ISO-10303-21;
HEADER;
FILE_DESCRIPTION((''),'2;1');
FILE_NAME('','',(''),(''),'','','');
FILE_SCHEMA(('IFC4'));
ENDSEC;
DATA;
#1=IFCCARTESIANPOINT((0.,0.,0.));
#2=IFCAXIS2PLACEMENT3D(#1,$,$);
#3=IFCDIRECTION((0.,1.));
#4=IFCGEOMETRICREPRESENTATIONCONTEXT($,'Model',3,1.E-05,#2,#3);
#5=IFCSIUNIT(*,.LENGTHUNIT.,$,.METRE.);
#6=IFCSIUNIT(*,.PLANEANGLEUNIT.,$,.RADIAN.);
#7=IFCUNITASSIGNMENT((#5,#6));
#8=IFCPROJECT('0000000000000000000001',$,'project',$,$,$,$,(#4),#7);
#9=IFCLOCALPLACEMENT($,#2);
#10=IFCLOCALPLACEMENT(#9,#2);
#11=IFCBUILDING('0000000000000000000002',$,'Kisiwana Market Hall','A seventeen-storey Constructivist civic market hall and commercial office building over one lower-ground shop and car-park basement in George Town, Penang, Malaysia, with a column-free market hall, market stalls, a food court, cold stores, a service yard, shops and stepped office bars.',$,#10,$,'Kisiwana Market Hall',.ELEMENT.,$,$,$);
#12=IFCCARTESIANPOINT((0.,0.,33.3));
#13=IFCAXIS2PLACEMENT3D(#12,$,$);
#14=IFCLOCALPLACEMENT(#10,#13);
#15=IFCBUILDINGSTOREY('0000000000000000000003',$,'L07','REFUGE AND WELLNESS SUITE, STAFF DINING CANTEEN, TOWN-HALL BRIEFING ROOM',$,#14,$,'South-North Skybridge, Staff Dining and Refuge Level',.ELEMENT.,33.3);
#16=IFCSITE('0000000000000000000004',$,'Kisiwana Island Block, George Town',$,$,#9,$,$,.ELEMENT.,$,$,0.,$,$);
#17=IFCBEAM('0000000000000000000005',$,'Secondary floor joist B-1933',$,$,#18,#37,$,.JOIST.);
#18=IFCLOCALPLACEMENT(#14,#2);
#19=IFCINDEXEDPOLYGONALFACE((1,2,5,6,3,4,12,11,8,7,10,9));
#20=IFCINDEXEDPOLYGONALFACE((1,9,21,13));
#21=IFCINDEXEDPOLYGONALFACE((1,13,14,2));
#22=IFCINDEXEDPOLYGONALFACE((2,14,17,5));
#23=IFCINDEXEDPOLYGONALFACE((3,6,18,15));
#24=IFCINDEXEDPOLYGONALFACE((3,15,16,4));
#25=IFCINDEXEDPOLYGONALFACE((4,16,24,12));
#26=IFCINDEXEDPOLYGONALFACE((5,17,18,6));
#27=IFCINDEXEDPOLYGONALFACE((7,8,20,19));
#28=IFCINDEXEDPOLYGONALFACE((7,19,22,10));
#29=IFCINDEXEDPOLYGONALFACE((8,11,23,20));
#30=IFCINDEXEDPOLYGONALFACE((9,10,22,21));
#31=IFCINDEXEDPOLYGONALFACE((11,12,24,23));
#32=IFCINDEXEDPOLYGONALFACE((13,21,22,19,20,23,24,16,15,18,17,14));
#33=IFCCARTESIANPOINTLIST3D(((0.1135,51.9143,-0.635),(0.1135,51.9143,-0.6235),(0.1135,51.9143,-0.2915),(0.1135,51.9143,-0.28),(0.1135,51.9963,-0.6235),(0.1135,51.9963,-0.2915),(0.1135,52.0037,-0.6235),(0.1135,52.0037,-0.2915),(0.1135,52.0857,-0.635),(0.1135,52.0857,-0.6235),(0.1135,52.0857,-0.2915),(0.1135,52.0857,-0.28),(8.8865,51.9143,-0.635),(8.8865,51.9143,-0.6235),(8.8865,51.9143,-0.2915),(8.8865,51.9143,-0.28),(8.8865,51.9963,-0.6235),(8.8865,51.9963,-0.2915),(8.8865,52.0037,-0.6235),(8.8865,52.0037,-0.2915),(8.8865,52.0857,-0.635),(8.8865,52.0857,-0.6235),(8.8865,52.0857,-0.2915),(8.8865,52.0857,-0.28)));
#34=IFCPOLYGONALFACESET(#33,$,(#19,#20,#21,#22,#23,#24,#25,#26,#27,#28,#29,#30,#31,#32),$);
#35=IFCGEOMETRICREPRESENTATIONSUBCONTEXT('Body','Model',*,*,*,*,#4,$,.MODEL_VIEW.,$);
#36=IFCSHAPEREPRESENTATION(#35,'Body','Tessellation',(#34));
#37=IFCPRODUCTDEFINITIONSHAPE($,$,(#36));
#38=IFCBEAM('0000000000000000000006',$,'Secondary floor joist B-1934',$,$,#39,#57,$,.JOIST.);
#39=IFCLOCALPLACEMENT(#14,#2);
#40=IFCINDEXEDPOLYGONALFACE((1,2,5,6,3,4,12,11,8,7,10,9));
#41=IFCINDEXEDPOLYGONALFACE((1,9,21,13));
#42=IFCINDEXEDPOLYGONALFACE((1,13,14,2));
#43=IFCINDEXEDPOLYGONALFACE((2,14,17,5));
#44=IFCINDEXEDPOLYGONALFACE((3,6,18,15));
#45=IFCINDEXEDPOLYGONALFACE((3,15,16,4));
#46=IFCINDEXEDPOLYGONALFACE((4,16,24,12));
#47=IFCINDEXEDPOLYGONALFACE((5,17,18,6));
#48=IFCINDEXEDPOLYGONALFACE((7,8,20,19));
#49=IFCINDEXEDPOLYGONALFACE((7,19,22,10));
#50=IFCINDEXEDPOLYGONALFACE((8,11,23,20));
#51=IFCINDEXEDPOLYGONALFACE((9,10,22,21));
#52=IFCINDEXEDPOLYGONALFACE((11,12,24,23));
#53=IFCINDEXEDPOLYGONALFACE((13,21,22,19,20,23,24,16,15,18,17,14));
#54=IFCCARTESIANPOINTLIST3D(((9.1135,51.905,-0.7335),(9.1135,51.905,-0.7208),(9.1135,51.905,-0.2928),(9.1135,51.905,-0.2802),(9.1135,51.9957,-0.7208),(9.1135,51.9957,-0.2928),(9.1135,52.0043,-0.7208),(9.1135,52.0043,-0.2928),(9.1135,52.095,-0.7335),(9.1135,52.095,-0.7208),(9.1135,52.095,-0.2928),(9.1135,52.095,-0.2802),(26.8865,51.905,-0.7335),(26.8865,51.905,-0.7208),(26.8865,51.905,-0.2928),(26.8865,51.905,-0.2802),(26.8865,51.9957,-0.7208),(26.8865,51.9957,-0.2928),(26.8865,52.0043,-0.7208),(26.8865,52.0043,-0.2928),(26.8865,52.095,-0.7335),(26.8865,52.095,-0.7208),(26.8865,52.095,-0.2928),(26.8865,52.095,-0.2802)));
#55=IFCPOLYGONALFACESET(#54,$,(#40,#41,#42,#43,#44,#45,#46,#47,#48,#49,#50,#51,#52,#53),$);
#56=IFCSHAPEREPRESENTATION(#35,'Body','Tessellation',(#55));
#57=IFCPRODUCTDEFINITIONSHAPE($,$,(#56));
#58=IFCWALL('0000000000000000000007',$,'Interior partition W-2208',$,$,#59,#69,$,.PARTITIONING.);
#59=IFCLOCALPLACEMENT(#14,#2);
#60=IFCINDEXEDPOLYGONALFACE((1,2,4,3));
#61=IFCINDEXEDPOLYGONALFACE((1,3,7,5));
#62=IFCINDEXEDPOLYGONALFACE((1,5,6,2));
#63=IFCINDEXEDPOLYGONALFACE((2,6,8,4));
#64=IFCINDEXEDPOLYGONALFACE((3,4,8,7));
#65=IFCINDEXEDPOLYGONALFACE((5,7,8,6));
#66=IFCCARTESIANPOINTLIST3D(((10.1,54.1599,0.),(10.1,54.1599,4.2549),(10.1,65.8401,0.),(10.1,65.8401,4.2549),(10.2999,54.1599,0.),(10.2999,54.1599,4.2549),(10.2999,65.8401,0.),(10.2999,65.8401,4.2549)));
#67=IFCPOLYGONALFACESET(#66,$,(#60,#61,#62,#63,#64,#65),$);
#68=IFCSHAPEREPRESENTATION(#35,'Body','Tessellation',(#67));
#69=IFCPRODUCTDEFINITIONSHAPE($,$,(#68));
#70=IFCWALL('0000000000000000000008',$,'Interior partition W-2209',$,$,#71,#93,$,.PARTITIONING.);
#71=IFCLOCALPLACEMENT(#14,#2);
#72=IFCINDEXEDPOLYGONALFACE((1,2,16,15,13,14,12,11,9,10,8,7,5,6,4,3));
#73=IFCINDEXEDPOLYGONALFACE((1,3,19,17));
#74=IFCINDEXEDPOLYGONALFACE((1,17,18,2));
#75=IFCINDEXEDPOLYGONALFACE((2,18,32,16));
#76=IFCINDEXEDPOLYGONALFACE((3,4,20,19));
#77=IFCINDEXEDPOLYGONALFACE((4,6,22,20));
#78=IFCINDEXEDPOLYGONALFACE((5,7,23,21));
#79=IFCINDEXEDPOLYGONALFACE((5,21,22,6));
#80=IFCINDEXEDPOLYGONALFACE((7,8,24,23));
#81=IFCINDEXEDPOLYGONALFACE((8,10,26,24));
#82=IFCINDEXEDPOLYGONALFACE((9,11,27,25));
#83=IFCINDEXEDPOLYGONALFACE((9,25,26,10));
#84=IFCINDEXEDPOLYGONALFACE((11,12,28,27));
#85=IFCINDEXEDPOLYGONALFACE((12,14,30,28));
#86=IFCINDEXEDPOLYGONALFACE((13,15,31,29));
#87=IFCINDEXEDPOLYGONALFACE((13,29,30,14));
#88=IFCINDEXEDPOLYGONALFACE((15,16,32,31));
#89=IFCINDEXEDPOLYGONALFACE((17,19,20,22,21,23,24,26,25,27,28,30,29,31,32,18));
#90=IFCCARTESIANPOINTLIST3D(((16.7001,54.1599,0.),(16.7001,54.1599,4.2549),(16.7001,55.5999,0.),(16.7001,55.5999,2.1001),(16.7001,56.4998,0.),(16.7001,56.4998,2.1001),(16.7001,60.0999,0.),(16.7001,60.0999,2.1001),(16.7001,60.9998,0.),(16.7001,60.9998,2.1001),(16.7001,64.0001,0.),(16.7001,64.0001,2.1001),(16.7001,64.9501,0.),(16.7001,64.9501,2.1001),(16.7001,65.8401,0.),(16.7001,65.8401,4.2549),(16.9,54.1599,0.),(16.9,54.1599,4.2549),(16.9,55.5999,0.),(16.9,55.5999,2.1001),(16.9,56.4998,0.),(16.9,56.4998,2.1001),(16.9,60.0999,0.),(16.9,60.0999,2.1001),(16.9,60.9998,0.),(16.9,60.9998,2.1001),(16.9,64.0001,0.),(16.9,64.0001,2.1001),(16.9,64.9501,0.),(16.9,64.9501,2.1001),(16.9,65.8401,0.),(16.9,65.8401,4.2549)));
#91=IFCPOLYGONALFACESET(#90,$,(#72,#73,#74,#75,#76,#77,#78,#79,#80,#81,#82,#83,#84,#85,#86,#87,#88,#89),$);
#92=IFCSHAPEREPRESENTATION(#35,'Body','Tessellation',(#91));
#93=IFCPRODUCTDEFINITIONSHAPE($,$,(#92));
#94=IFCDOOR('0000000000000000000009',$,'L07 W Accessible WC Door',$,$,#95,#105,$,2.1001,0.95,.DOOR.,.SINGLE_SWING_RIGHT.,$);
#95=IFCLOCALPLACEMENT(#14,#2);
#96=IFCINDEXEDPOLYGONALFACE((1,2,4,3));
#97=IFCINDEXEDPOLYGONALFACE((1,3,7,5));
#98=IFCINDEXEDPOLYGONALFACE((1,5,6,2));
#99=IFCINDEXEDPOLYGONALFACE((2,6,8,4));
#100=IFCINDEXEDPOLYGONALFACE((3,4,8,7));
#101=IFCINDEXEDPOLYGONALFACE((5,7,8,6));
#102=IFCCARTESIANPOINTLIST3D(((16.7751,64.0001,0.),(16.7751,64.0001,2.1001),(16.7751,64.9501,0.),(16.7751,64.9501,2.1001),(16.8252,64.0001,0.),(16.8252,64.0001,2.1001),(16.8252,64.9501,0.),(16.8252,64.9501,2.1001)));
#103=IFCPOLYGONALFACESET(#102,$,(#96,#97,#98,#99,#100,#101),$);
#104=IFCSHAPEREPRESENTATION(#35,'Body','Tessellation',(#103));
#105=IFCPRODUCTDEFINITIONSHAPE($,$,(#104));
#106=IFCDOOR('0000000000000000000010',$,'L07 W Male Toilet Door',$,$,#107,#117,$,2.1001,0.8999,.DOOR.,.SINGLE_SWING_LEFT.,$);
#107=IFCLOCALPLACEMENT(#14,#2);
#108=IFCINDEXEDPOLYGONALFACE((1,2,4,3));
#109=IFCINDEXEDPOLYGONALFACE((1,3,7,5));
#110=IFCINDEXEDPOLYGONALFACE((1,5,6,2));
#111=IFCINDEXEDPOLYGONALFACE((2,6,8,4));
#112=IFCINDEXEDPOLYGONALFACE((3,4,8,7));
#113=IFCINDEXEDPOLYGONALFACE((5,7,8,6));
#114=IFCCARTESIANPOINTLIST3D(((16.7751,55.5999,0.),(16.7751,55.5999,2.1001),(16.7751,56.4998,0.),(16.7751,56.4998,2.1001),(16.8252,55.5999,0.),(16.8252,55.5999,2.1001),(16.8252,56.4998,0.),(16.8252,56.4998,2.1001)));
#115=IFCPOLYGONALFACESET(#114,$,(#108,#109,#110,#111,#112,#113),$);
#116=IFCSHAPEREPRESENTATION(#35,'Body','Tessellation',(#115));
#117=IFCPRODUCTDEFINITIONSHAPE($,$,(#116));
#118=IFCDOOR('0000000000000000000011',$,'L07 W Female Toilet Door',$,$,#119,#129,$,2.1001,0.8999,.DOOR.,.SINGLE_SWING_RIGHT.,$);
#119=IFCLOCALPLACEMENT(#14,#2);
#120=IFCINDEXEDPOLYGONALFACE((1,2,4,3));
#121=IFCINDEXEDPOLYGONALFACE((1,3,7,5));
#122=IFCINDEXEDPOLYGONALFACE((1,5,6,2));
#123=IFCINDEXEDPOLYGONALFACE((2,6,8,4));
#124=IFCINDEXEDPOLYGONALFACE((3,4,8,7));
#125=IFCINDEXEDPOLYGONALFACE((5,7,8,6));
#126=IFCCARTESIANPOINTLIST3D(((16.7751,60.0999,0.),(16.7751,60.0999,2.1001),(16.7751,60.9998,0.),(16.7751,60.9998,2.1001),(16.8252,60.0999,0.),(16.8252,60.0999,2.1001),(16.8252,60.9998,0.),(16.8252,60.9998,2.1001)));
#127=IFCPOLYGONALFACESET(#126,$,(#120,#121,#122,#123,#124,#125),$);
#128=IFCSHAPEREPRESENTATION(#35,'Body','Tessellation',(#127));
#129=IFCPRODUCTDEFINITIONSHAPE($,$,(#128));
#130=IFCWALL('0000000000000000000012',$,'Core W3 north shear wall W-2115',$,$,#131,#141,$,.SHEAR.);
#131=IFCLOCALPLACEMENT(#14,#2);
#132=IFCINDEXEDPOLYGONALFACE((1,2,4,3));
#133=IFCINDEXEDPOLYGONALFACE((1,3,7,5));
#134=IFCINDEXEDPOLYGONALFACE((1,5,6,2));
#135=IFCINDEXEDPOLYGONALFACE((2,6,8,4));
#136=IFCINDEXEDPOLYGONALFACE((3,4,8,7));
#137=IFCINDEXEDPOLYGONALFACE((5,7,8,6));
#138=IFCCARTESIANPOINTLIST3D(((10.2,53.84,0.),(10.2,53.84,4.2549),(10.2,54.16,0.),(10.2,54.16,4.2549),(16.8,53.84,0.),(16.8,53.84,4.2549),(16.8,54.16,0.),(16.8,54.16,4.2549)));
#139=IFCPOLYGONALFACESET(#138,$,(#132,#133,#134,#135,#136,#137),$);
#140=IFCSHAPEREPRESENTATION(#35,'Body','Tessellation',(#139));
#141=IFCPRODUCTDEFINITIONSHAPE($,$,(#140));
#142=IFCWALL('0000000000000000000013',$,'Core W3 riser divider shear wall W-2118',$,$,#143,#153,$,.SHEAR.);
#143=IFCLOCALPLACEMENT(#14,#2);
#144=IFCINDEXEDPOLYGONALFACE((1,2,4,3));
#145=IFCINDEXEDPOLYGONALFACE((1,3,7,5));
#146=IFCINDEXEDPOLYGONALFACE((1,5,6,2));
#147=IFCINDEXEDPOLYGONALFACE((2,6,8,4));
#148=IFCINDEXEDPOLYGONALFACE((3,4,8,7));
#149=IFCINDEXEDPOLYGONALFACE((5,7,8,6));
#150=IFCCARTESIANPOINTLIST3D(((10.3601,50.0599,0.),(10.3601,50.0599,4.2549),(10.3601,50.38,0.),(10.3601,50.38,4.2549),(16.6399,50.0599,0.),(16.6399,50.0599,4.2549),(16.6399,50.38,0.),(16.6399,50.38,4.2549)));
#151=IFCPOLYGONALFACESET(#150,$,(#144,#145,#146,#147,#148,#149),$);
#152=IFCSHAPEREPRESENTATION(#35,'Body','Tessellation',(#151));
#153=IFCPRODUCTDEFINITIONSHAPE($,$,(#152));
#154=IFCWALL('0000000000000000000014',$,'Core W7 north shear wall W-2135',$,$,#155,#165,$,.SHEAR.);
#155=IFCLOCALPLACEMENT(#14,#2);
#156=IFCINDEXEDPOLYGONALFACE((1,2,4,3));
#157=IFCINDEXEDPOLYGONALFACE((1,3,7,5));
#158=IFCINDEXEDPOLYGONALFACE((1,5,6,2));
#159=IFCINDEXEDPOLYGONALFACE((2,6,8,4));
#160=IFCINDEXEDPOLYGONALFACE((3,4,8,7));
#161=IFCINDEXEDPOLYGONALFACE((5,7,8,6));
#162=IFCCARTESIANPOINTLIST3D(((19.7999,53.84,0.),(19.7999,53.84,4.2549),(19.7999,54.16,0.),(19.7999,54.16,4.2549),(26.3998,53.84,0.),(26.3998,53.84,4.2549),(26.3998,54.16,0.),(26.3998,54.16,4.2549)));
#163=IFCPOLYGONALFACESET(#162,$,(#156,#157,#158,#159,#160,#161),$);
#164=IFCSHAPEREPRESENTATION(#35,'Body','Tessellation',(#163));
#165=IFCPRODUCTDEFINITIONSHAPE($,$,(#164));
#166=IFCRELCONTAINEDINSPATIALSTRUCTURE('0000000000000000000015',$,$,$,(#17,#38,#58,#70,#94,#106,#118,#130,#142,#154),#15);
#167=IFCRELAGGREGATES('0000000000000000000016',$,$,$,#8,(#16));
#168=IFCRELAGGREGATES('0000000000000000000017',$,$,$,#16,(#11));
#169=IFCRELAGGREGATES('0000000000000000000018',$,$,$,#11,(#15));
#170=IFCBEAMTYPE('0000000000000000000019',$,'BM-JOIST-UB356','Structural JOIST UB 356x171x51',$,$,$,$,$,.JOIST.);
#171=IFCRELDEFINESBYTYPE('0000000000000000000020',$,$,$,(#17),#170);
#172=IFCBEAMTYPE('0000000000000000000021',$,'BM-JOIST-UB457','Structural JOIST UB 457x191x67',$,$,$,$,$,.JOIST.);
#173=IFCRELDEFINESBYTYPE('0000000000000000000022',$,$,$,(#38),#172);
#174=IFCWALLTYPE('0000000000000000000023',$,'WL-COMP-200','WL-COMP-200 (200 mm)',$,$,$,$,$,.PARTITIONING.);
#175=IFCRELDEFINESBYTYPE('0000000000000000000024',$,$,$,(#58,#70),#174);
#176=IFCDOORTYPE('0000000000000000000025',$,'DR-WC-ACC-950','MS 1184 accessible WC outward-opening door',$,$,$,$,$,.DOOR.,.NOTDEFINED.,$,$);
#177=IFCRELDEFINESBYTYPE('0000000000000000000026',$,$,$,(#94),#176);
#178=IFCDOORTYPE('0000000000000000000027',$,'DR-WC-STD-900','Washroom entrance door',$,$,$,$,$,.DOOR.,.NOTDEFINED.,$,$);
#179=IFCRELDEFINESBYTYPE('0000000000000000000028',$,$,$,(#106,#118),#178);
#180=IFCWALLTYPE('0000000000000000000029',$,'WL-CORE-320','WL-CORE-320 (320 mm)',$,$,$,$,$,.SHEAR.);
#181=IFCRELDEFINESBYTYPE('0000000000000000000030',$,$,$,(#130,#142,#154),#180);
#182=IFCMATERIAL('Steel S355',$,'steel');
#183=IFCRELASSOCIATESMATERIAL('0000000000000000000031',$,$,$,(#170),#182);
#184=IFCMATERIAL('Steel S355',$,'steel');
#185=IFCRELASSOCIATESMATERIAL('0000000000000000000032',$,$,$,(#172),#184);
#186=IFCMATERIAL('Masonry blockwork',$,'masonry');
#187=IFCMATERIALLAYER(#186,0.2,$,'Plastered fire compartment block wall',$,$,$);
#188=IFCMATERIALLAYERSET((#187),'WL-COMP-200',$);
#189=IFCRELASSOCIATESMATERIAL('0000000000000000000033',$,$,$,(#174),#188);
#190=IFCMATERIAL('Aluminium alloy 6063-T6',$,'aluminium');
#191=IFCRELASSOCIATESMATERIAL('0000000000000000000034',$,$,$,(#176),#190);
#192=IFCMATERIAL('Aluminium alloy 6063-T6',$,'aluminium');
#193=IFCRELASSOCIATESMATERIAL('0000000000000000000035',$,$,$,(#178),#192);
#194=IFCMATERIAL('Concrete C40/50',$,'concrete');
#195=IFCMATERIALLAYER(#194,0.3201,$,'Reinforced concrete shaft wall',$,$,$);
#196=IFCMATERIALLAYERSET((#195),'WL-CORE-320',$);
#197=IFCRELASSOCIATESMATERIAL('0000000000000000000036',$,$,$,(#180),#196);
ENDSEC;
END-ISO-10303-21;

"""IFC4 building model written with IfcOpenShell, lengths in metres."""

from ifc_helpers import new_model, si_unit, direction, frame, frame_2d, origin, origin_2d, place, context, subcontext, project, spatial, rectangle, i_section, extrude, material, layer, layer_set, material_profile, profile_set, type_object, element, fill, save


model = new_model("IFC4")

# Units and contexts
model_context = context("Model", 3, precision=1e-05, world=origin(), true_north=direction((0.0, 1.0)))
body_context = subcontext(model_context, "Body", "Model", "MODEL_VIEW")
ifc_project = project(units=[si_unit("LENGTHUNIT", "METRE"), si_unit("PLANEANGLEUNIT", "RADIAN")], contexts=[model_context])

# Site, building, storey
site_placement = place(None, origin())
site = spatial("IfcSite", under=ifc_project, at=site_placement, Name="Kisiwana Island Block, George Town", CompositionType="ELEMENT", RefElevation=0.0)
building_placement = place(site_placement, origin())
building = spatial("IfcBuilding", under=site, at=building_placement, Name="Kisiwana Market Hall", Description="A seventeen-storey Constructivist civic market hall and commercial office building over one lower-ground shop and car-park basement in George Town, Penang, Malaysia, with a column-free market hall, market stalls, a food court, cold stores, a service yard, shops and stepped office bars.", LongName="Kisiwana Market Hall", CompositionType="ELEMENT")
storey_placement = place(building_placement, frame((0.0, 0.0, 33.3)))
storey = spatial("IfcBuildingStorey", under=building, at=storey_placement, Name="L07", Description="REFUGE AND WELLNESS SUITE, STAFF DINING CANTEEN, TOWN-HALL BRIEFING ROOM", LongName="South-North Skybridge, Staff Dining and Refuge Level", CompositionType="ELEMENT", Elevation=33.3)

# Beams
ifc_material_1 = material(Name="Steel S355", Category="steel")
ifc_material_profile_1 = material_profile(ifc_material_1, i_section(OverallWidth=0.1714, OverallDepth=0.355, WebThickness=0.0073, FlangeThickness=0.0115, at=origin_2d()), Name="UB 356x171x51")
ifc_profile_set_1 = profile_set([ifc_material_profile_1], Name="Steel S355")
beam_type_1 = type_object("IfcBeamType", Name="BM-JOIST-UB356", Description="Structural JOIST UB 356x171x51", PredefinedType="JOIST", material=ifc_profile_set_1)
beam_1_placement = place(storey_placement, frame((0.1135, 52.0, -0.4575), z_axis=(1.0, 0.0, 0.0), x_axis=(0.0, 1.0, 0.0)))
element("IfcBeam", 1, at=beam_1_placement, inside=storey, type_object=beam_type_1, Name="Secondary floor joist B-1933", PredefinedType="JOIST", context=body_context, shape_type="SweptSolid", body=[
    extrude(i_section(OverallWidth=0.1714, OverallDepth=0.355, WebThickness=0.0073, FlangeThickness=0.0115, at=origin_2d()), origin(), (0.0, 0.0, 1.0), 8.7729),
])
ifc_material_2 = material(Name="Steel S355", Category="steel")
ifc_material_profile_2 = material_profile(ifc_material_2, i_section(OverallWidth=0.1899, OverallDepth=0.4534, WebThickness=0.0085, FlangeThickness=0.0127, at=origin_2d()), Name="UB 457x191x67")
ifc_profile_set_2 = profile_set([ifc_material_profile_2], Name="Steel S355")
beam_type_2 = type_object("IfcBeamType", Name="BM-JOIST-UB457", Description="Structural JOIST UB 457x191x67", PredefinedType="JOIST", material=ifc_profile_set_2)
beam_2_placement = place(storey_placement, frame((9.1135, 52.0, -0.5068), z_axis=(1.0, 0.0, 0.0), x_axis=(0.0, 1.0, 0.0)))
element("IfcBeam", 2, at=beam_2_placement, inside=storey, type_object=beam_type_2, Name="Secondary floor joist B-1934", PredefinedType="JOIST", context=body_context, shape_type="SweptSolid", body=[
    extrude(i_section(OverallWidth=0.1899, OverallDepth=0.4534, WebThickness=0.0085, FlangeThickness=0.0127, at=origin_2d()), origin(), (0.0, 0.0, 1.0), 17.7729),
])

# Wall
ifc_material_3 = material(Name="Masonry blockwork", Category="masonry")
ifc_layer_1 = layer(ifc_material_3, 0.2, Name="Plastered fire compartment block wall")
ifc_layer_set_1 = layer_set([ifc_layer_1], Name="WL-COMP-200")
wall_type_1 = type_object("IfcWallType", Name="WL-COMP-200", Description="WL-COMP-200 (200 mm)", PredefinedType="PARTITIONING", material=ifc_layer_set_1)
wall_1_placement = place(storey_placement, frame((10.2, 54.1599, 0.0), z_axis=(0.0, 0.0, 1.0), x_axis=(0.0, 1.0, 0.0)))
element("IfcWall", 3, at=wall_1_placement, inside=storey, type_object=wall_type_1, Name="Interior partition W-2208", PredefinedType="PARTITIONING", context=body_context, shape_type="SweptSolid", body=[
    extrude(rectangle(XDim=11.6802, YDim=0.2, at=frame_2d((5.8401, 0.0))), origin(), (0.0, 0.0, 1.0), 4.2549),
])

# Wall, openings, doors
wall_2_placement = place(storey_placement, frame((16.8, 54.1599, 0.0), z_axis=(0.0, 0.0, 1.0), x_axis=(0.0, 1.0, 0.0)))
wall_2 = element("IfcWall", 4, at=wall_2_placement, inside=storey, type_object=wall_type_1, Name="Interior partition W-2209", PredefinedType="PARTITIONING", context=body_context, shape_type="SweptSolid", body=[
    extrude(rectangle(XDim=11.6802, YDim=0.2, at=frame_2d((5.8401, 0.0))), origin(), (0.0, 0.0, 1.0), 4.2549),
])
opening_1_placement = place(wall_2_placement, frame((1.4399, 0.0, 0.0)))
opening_1 = element("IfcOpeningElement", 5, at=opening_1_placement, cuts=wall_2, PredefinedType="OPENING", context=body_context, shape_type="SweptSolid", body=[
    extrude(rectangle(XDim=0.8999, YDim=2.1001, at=frame_2d((0.45, 1.05))), frame((0.0, 0.1118, 0.0), z_axis=(0.0, -1.0, 0.0), x_axis=(1.0, 0.0, 0.0)), (0.0, 0.0, 1.0), 0.2239),
])
opening_2_placement = place(wall_2_placement, frame((5.9399, 0.0, 0.0)))
opening_2 = element("IfcOpeningElement", 6, at=opening_2_placement, cuts=wall_2, PredefinedType="OPENING", context=body_context, shape_type="SweptSolid", body=[
    extrude(rectangle(XDim=0.8999, YDim=2.1001, at=frame_2d((0.45, 1.05))), frame((0.0, 0.1118, 0.0), z_axis=(0.0, -1.0, 0.0), x_axis=(1.0, 0.0, 0.0)), (0.0, 0.0, 1.0), 0.2239),
])
opening_3_placement = place(wall_2_placement, frame((9.8401, 0.0, 0.0)))
opening_3 = element("IfcOpeningElement", 7, at=opening_3_placement, cuts=wall_2, PredefinedType="OPENING", context=body_context, shape_type="SweptSolid", body=[
    extrude(rectangle(XDim=0.95, YDim=2.1001, at=frame_2d((0.4751, 1.05))), frame((0.0, 0.1118, 0.0), z_axis=(0.0, -1.0, 0.0), x_axis=(1.0, 0.0, 0.0)), (0.0, 0.0, 1.0), 0.2239),
])
ifc_material_4 = material(Name="Aluminium alloy 6063-T6", Category="aluminium")
door_type_1 = type_object("IfcDoorType", Name="DR-WC-ACC-950", Description="MS 1184 accessible WC outward-opening door", OperationType="NOTDEFINED", PredefinedType="DOOR", material=ifc_material_4)
door_1_placement = place(opening_3_placement, origin())
door_1 = element("IfcDoor", 8, at=door_1_placement, inside=storey, type_object=door_type_1, Name="L07 W Accessible WC Door", OperationType="SINGLE_SWING_RIGHT", OverallHeight=2.1001, OverallWidth=0.95, PredefinedType="DOOR", context=body_context, shape_type="SweptSolid", body=[
    extrude(rectangle(XDim=0.95, YDim=2.1001, at=frame_2d((0.4751, 1.05))), frame((0.0, 0.0249, 0.0), z_axis=(0.0, -1.0, 0.0), x_axis=(1.0, 0.0, 0.0)), (0.0, 0.0, 1.0), 0.05),
])
fill(opening_3, door_1)
ifc_material_5 = material(Name="Aluminium alloy 6063-T6", Category="aluminium")
door_type_2 = type_object("IfcDoorType", Name="DR-WC-STD-900", Description="Washroom entrance door", OperationType="NOTDEFINED", PredefinedType="DOOR", material=ifc_material_5)
door_2_placement = place(opening_1_placement, origin())
door_2 = element("IfcDoor", 9, at=door_2_placement, inside=storey, type_object=door_type_2, Name="L07 W Male Toilet Door", OperationType="SINGLE_SWING_LEFT", OverallHeight=2.1001, OverallWidth=0.8999, PredefinedType="DOOR", context=body_context, shape_type="SweptSolid", body=[
    extrude(rectangle(XDim=0.8999, YDim=2.1001, at=frame_2d((0.45, 1.05))), frame((0.0, 0.0249, 0.0), z_axis=(0.0, -1.0, 0.0), x_axis=(1.0, 0.0, 0.0)), (0.0, 0.0, 1.0), 0.05),
])
fill(opening_1, door_2)
door_3_placement = place(opening_2_placement, origin())
door_3 = element("IfcDoor", 10, at=door_3_placement, inside=storey, type_object=door_type_2, Name="L07 W Female Toilet Door", OperationType="SINGLE_SWING_RIGHT", OverallHeight=2.1001, OverallWidth=0.8999, PredefinedType="DOOR", context=body_context, shape_type="SweptSolid", body=[
    extrude(rectangle(XDim=0.8999, YDim=2.1001, at=frame_2d((0.45, 1.05))), frame((0.0, 0.0249, 0.0), z_axis=(0.0, -1.0, 0.0), x_axis=(1.0, 0.0, 0.0)), (0.0, 0.0, 1.0), 0.05),
])
fill(opening_2, door_3)

# Walls
ifc_material_6 = material(Name="Concrete C40/50", Category="concrete")
ifc_layer_2 = layer(ifc_material_6, 0.3201, Name="Reinforced concrete shaft wall")
ifc_layer_set_2 = layer_set([ifc_layer_2], Name="WL-CORE-320")
wall_type_2 = type_object("IfcWallType", Name="WL-CORE-320", Description="WL-CORE-320 (320 mm)", PredefinedType="SHEAR", material=ifc_layer_set_2)
wall_3_placement = place(storey_placement, frame((10.2, 54.0, 0.0), z_axis=(0.0, 0.0, 1.0), x_axis=(1.0, 0.0, 0.0)))
element("IfcWall", 11, at=wall_3_placement, inside=storey, type_object=wall_type_2, Name="Core W3 north shear wall W-2115", PredefinedType="SHEAR", context=body_context, shape_type="SweptSolid", body=[
    extrude(rectangle(XDim=6.6001, YDim=0.3201, at=frame_2d((3.3, 0.0))), origin(), (0.0, 0.0, 1.0), 4.2549),
])
wall_4_placement = place(storey_placement, frame((10.3601, 50.22, 0.0), z_axis=(0.0, 0.0, 1.0), x_axis=(1.0, 0.0, 0.0)))
element("IfcWall", 12, at=wall_4_placement, inside=storey, type_object=wall_type_2, Name="Core W3 riser divider shear wall W-2118", PredefinedType="SHEAR", context=body_context, shape_type="SweptSolid", body=[
    extrude(rectangle(XDim=6.2798, YDim=0.3201, at=frame_2d((3.1399, 0.0))), origin(), (0.0, 0.0, 1.0), 4.2549),
])
wall_5_placement = place(storey_placement, frame((19.8, 54.0, 0.0), z_axis=(0.0, 0.0, 1.0), x_axis=(1.0, 0.0, 0.0)))
element("IfcWall", 13, at=wall_5_placement, inside=storey, type_object=wall_type_2, Name="Core W7 north shear wall W-2135", PredefinedType="SHEAR", context=body_context, shape_type="SweptSolid", body=[
    extrude(rectangle(XDim=6.5999, YDim=0.3201, at=frame_2d((3.2998, 0.0))), origin(), (0.0, 0.0, 1.0), 4.2549),
])

save(model, "model.ifc")
